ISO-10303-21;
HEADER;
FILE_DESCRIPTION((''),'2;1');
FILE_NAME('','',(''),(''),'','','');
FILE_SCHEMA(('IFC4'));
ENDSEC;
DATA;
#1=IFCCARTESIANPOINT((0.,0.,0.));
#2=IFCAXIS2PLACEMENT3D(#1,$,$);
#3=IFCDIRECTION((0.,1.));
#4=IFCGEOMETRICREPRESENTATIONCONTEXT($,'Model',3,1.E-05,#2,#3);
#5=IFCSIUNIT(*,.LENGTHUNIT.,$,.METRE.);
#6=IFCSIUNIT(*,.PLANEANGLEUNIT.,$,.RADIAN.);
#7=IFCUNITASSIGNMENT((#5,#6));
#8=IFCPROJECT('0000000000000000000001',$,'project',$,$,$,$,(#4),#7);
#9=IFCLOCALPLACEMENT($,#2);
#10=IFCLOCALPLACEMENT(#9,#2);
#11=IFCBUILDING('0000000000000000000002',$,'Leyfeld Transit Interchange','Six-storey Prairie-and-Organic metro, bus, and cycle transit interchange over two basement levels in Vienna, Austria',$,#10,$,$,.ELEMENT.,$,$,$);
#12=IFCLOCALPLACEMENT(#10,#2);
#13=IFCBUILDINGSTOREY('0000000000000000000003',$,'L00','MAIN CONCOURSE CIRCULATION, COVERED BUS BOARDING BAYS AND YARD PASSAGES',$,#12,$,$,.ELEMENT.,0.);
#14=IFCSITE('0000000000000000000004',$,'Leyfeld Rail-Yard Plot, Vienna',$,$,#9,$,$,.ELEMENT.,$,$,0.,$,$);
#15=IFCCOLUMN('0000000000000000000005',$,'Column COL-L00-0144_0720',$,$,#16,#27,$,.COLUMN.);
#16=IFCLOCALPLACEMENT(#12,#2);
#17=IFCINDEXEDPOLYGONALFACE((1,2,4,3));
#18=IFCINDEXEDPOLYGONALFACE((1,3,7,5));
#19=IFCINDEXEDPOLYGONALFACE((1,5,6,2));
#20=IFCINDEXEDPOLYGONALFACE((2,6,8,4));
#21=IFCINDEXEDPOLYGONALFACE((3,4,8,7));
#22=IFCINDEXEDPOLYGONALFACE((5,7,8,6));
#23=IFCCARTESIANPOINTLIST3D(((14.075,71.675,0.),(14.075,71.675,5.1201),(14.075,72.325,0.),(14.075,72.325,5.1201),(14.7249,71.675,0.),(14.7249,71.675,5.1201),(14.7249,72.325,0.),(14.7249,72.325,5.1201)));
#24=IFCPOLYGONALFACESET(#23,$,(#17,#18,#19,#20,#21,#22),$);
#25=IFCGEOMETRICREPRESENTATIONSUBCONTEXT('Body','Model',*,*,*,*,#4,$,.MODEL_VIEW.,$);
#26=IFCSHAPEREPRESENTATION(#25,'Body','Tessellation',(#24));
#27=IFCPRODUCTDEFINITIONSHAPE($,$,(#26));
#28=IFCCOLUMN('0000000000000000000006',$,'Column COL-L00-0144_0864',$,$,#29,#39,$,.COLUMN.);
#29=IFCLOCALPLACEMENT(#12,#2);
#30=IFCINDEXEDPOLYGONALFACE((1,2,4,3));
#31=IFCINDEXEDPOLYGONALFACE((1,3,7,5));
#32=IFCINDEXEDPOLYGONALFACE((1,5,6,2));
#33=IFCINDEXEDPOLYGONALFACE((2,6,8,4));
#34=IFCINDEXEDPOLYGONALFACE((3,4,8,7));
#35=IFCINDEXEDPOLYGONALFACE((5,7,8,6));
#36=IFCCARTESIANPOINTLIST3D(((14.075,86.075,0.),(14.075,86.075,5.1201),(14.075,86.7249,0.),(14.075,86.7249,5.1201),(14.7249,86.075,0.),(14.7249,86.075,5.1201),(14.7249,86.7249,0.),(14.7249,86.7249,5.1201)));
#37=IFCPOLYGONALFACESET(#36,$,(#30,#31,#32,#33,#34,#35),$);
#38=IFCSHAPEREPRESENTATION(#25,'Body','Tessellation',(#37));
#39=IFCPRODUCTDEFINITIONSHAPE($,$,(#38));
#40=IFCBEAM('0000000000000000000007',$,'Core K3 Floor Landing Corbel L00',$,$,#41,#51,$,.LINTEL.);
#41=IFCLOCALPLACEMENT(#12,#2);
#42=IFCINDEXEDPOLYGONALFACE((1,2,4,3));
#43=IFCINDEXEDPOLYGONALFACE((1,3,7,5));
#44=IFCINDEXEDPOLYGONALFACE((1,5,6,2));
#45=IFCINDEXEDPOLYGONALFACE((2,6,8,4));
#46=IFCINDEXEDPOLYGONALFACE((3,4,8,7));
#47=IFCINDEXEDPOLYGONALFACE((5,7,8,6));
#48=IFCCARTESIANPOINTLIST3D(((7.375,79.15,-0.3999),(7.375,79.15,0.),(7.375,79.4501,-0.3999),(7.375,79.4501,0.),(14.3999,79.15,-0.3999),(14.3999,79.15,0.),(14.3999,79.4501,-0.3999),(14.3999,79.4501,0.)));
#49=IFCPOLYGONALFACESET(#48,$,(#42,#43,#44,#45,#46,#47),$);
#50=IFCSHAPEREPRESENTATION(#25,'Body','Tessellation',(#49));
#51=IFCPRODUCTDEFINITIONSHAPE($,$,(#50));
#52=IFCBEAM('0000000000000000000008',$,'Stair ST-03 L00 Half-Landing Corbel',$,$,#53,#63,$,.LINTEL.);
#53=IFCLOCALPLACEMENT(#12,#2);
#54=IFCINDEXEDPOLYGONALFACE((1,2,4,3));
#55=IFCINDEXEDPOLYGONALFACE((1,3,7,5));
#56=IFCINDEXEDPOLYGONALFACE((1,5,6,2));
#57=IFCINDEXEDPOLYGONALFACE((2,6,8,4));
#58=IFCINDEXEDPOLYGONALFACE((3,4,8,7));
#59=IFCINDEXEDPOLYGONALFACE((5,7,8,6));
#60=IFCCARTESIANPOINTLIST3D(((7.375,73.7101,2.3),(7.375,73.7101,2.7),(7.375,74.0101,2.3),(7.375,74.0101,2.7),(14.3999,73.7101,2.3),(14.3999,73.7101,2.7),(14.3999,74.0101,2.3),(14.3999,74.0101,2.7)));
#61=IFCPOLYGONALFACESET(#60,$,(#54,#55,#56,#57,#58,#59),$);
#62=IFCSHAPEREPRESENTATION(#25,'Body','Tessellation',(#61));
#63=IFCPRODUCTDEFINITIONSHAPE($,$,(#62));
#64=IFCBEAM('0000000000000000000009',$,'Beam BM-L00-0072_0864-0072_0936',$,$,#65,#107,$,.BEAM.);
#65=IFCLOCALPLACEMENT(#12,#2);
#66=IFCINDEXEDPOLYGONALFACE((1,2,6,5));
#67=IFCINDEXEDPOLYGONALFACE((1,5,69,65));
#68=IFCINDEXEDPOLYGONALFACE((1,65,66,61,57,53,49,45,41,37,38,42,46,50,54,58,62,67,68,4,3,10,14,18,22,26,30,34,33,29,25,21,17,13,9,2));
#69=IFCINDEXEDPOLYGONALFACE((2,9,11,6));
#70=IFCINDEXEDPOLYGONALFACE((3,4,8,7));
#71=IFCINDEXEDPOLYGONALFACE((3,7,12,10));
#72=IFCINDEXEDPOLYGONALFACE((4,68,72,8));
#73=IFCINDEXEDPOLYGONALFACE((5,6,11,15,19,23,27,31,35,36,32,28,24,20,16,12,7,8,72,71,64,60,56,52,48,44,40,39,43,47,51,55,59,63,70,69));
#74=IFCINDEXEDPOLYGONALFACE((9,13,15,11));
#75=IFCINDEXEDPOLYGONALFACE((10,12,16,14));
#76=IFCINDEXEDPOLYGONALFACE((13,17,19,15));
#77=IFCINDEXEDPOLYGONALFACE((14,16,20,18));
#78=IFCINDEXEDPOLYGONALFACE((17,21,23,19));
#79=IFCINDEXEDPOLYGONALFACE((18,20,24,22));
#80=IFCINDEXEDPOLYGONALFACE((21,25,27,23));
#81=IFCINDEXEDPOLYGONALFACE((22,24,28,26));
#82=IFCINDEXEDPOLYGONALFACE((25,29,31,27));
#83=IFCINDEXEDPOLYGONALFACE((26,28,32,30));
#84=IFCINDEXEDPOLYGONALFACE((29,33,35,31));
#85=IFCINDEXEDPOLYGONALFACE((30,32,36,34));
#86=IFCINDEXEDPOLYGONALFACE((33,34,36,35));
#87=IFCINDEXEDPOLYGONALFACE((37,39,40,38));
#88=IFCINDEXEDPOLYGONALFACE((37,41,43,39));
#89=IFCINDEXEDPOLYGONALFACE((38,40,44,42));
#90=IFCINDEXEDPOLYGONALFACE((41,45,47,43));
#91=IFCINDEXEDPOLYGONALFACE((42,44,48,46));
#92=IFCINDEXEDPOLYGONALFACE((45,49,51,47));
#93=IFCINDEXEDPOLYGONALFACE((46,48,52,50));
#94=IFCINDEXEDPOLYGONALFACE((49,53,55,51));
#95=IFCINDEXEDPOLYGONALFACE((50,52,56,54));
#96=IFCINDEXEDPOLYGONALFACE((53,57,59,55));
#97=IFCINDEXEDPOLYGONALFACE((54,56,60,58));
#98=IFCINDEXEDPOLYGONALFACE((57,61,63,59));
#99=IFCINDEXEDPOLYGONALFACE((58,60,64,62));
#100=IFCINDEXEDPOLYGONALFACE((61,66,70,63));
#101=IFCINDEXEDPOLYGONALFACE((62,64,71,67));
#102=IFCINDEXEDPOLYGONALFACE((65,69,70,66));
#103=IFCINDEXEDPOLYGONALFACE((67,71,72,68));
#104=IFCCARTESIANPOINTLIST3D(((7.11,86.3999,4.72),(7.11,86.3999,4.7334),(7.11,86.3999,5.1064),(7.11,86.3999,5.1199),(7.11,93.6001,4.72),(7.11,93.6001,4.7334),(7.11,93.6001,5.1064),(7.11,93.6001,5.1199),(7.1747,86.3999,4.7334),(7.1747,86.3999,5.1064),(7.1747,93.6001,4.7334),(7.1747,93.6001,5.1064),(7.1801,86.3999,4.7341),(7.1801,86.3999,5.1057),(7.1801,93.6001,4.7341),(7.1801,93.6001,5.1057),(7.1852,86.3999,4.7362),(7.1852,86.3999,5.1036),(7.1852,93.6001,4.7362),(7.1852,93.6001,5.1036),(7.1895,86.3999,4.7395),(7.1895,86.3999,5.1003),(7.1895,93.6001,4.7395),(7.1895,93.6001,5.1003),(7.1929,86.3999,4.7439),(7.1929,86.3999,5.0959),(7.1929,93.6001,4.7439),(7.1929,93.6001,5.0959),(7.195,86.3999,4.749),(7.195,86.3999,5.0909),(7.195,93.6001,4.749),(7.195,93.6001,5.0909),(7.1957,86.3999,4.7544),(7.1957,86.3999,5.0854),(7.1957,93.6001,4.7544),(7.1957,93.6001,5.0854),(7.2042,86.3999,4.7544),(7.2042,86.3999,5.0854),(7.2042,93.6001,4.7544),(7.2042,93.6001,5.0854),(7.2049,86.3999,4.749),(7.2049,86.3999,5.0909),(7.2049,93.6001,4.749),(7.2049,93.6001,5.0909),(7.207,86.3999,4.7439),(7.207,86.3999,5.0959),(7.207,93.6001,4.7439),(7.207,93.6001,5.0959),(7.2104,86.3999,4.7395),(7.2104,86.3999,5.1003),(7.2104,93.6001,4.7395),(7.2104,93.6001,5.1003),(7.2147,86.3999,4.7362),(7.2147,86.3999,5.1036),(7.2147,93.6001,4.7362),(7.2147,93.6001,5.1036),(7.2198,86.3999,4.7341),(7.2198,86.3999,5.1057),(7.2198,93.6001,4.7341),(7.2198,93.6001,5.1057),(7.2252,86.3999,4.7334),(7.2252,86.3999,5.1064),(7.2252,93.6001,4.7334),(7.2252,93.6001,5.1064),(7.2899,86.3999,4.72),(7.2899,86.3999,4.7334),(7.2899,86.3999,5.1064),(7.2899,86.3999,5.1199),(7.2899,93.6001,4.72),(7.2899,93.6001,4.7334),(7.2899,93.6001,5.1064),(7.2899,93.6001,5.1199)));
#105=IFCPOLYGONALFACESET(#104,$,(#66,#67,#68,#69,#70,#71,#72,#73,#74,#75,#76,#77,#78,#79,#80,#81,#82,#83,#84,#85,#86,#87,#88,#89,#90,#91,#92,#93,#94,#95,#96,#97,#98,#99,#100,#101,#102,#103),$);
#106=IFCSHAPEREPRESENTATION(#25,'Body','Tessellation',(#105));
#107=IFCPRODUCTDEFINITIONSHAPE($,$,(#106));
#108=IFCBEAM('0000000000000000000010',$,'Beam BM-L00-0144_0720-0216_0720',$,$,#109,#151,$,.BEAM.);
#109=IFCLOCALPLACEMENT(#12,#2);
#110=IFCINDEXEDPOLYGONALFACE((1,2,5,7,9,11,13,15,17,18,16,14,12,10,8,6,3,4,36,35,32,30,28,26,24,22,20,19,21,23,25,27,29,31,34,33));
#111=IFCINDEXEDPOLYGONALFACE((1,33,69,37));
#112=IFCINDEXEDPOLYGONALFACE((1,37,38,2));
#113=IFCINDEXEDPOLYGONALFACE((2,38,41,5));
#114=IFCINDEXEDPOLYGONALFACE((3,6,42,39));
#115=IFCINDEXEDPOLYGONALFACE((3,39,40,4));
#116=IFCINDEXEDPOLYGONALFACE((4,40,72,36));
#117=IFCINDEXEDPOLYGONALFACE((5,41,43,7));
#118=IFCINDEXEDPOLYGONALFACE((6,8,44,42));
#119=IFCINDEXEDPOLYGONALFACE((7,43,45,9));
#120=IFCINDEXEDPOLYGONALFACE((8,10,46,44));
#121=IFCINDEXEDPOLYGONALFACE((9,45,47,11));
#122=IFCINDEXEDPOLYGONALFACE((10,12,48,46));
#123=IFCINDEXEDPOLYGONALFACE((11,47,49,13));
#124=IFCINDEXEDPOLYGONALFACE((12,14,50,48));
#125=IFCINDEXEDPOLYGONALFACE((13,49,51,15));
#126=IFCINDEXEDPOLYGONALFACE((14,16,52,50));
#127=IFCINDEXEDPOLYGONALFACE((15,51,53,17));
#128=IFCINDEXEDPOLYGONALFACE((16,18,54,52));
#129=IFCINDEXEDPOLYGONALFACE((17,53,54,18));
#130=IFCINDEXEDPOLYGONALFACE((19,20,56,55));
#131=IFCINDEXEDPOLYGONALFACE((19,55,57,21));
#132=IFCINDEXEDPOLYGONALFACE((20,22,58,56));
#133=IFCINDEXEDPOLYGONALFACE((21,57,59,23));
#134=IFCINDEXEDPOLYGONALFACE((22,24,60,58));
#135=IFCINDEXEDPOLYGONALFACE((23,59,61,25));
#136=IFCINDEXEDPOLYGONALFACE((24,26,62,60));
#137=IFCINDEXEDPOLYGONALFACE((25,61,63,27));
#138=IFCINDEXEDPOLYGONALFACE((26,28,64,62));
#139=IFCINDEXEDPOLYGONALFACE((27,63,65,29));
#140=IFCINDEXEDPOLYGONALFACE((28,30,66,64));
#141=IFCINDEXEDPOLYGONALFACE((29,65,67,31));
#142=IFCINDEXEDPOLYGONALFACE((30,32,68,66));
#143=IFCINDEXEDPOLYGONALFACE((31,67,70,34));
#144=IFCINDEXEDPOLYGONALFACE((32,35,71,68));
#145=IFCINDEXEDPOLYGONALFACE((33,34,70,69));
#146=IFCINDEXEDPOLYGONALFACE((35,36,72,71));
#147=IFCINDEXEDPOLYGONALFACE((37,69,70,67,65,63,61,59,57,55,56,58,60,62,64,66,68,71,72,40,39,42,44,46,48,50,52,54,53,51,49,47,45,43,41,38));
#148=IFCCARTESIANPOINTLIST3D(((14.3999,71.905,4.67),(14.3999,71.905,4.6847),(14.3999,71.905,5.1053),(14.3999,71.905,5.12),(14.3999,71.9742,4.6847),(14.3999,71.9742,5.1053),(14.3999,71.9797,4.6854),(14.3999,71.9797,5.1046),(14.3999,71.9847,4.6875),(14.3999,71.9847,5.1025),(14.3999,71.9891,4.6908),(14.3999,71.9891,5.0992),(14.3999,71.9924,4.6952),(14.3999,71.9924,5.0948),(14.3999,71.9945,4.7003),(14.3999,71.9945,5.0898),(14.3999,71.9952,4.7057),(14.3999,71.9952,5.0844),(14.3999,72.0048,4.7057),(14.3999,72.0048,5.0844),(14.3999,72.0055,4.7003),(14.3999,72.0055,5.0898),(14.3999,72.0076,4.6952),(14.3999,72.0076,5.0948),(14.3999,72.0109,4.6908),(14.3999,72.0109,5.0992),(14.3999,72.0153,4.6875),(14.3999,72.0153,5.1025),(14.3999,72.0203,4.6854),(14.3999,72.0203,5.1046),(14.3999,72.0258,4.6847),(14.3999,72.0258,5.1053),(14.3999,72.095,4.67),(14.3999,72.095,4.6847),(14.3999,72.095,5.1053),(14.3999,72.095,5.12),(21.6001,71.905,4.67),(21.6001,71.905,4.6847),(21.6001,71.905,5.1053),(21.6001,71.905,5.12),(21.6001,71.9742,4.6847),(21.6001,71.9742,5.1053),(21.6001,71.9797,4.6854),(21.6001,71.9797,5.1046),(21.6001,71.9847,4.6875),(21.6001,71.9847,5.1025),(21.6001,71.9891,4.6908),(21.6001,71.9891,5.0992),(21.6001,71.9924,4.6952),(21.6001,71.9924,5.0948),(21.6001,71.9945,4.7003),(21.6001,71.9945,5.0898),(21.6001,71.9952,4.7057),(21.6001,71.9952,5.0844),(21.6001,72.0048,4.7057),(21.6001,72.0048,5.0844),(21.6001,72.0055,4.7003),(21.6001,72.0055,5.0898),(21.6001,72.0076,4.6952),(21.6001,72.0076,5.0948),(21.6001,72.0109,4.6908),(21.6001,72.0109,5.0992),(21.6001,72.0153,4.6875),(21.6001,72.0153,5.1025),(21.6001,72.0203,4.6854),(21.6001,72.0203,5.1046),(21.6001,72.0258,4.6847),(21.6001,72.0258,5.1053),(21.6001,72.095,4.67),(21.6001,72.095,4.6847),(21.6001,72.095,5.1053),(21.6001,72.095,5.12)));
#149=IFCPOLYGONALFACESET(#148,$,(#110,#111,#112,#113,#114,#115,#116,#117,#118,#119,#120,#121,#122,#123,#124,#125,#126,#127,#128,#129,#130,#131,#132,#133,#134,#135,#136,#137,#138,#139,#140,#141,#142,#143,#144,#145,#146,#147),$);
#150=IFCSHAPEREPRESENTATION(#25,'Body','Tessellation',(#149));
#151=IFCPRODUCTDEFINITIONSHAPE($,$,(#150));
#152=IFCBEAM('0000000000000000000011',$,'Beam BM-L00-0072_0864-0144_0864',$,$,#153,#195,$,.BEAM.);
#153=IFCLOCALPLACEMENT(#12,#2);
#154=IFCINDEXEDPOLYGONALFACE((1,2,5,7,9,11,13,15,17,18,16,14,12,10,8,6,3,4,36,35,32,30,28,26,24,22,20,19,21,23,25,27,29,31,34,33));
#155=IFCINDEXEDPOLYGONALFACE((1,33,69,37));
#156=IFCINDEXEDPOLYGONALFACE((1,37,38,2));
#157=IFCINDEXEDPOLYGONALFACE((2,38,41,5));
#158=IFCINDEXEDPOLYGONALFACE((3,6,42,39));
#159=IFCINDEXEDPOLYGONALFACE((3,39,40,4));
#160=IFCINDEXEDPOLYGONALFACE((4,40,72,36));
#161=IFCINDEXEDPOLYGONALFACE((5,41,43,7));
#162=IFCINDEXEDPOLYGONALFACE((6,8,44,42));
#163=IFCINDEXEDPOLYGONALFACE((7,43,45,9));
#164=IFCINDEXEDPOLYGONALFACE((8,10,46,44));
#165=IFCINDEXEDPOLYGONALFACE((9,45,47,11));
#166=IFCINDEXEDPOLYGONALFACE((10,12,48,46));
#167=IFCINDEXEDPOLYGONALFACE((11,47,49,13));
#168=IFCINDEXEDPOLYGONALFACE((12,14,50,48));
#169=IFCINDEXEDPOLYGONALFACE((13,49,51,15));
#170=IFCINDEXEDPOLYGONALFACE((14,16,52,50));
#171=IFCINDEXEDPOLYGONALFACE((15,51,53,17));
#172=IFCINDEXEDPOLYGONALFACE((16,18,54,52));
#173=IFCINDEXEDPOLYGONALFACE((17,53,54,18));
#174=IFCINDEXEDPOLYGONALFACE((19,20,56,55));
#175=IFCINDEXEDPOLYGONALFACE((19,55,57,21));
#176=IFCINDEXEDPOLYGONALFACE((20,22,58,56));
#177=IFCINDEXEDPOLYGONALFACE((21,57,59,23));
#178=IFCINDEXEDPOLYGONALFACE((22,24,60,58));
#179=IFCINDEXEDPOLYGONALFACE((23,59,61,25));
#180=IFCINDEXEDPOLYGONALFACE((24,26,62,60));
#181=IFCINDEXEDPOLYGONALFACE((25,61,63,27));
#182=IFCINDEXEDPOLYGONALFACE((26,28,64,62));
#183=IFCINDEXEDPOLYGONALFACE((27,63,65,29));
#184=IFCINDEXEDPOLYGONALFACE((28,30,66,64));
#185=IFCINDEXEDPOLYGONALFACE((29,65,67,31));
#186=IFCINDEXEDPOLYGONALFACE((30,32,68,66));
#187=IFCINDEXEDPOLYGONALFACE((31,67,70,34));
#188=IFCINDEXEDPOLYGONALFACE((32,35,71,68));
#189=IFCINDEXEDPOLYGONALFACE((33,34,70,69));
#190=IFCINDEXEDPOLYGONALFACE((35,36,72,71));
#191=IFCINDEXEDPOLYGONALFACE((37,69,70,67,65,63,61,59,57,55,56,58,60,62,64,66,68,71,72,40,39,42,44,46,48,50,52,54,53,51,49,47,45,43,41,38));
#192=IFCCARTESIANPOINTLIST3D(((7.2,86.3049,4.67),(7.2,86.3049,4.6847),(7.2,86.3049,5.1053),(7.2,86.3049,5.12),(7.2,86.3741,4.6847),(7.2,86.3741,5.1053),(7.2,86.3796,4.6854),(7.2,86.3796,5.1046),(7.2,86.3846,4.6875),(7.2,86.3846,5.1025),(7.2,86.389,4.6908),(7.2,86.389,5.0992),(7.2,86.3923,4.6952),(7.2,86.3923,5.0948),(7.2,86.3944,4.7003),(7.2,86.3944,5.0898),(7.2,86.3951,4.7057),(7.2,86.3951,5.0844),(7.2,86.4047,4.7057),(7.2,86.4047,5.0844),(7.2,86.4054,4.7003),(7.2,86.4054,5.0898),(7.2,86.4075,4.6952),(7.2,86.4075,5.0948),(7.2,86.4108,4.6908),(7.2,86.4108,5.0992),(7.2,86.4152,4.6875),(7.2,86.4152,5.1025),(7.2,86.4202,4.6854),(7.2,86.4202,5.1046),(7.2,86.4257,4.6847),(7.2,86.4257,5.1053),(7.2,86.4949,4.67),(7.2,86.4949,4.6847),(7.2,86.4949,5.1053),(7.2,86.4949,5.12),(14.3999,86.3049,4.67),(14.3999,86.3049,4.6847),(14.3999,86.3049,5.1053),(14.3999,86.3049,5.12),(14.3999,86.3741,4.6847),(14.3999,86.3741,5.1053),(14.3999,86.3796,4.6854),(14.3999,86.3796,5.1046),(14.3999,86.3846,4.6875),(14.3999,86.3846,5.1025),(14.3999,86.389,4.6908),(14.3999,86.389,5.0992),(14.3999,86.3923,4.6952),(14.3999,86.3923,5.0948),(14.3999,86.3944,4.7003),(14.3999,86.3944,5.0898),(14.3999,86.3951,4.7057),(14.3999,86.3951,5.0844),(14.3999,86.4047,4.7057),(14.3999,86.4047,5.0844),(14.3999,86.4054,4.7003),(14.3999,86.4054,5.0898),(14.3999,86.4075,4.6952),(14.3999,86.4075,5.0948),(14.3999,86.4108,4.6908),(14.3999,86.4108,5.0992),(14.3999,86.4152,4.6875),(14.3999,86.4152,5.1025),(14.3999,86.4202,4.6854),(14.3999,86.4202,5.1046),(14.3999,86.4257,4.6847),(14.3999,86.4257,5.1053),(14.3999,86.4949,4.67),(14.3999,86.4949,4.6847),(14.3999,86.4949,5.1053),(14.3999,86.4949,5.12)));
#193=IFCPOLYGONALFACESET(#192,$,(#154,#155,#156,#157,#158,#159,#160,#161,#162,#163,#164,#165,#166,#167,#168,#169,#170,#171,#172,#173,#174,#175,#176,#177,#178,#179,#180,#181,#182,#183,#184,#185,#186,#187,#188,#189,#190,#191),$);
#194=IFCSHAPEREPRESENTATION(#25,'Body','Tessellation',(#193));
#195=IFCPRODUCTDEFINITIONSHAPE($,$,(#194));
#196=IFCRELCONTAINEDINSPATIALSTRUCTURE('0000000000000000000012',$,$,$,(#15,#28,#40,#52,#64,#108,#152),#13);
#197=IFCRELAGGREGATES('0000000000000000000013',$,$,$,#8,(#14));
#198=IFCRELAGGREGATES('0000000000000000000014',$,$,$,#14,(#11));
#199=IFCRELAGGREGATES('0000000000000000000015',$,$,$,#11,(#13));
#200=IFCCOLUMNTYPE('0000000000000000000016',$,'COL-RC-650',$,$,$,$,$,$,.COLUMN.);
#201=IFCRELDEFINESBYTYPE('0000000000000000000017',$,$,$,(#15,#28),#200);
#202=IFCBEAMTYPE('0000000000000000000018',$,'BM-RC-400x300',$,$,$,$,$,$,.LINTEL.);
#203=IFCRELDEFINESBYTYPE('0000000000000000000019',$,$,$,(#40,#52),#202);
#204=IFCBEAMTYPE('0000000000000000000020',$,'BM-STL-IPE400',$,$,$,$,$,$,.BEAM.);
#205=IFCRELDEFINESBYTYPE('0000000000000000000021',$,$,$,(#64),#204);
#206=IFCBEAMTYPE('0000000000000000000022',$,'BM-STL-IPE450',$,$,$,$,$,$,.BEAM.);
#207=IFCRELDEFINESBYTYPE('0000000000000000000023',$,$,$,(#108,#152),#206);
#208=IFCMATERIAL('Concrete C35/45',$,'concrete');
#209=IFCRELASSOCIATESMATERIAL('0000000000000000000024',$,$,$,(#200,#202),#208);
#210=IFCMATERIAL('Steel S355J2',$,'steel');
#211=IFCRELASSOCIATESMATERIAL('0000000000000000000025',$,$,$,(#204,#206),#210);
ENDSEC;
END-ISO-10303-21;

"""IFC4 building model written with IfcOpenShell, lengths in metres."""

from ifc_helpers import new_model, si_unit, direction, frame, origin, origin_2d, place, context, subcontext, project, spatial, rectangle, i_section, extrude, material, material_profile, profile_set, type_object, element, save


model = new_model("IFC4")

# Units and contexts
model_context = context("Model", 3, precision=1e-05, world=origin(), true_north=direction((0.0, 1.0)))
body_context = subcontext(model_context, "Body", "Model", "MODEL_VIEW")
ifc_project = project(units=[si_unit("LENGTHUNIT", "METRE"), si_unit("PLANEANGLEUNIT", "RADIAN")], contexts=[model_context])

# Site, building, storey
site_placement = place(None, origin())
site = spatial("IfcSite", under=ifc_project, at=site_placement, Name="Leyfeld Rail-Yard Plot, Vienna", CompositionType="ELEMENT", RefElevation=0.0)
building_placement = place(site_placement, origin())
building = spatial("IfcBuilding", under=site, at=building_placement, Name="Leyfeld Transit Interchange", Description="Six-storey Prairie-and-Organic metro, bus, and cycle transit interchange over two basement levels in Vienna, Austria", CompositionType="ELEMENT")
storey_placement = place(building_placement, origin())
storey = spatial("IfcBuildingStorey", under=building, at=storey_placement, Name="L00", Description="MAIN CONCOURSE CIRCULATION, COVERED BUS BOARDING BAYS AND YARD PASSAGES", CompositionType="ELEMENT", Elevation=0.0)

# Columns
ifc_material_1 = material(Name="Concrete C35/45", Category="concrete")
ifc_material_profile_1 = material_profile(ifc_material_1, rectangle(XDim=0.6499, YDim=0.6499, at=origin_2d()), Name="RC 650x650")
ifc_profile_set_1 = profile_set([ifc_material_profile_1], Name="Concrete C35/45")
column_type = type_object("IfcColumnType", Name="COL-RC-650", PredefinedType="COLUMN", material=ifc_profile_set_1)
for number, where, z_axis, x_axis, name in (
    (1, (14.3999, 72.0, 0.0), (0.0, 0.0, 1.0), (1.0, 0.0, 0.0), "Column COL-L00-0144_0720"),
    (2, (14.3999, 86.3999, 0.0), (0.0, 0.0, 1.0), (1.0, 0.0, 0.0), "Column COL-L00-0144_0864"),
):
    element("IfcColumn", number, at=place(storey_placement, frame(where, z_axis=z_axis, x_axis=x_axis)), inside=storey, type_object=column_type, Name=name, PredefinedType="COLUMN", context=body_context, shape_type="SweptSolid", body=[
        extrude(rectangle(XDim=0.6499, YDim=0.6499, at=origin_2d()), origin(), (0.0, 0.0, 1.0), 5.1201),
    ])

# Beams
ifc_material_profile_2 = material_profile(ifc_material_1, rectangle(XDim=0.3, YDim=0.3999, at=origin_2d()), Name="RC 400x300")
ifc_profile_set_2 = profile_set([ifc_material_profile_2], Name="Concrete C35/45")
beam_type_1 = type_object("IfcBeamType", Name="BM-RC-400x300", PredefinedType="LINTEL", material=ifc_profile_set_2)
for number, where, z_axis, x_axis, name in (
    (3, (7.375, 79.3, -0.2), (1.0, 0.0, 0.0), (0.0, 1.0, 0.0), "Core K3 Floor Landing Corbel L00"),
    (4, (7.375, 73.8601, 2.5), (1.0, 0.0, 0.0), (0.0, 1.0, 0.0), "Stair ST-03 L00 Half-Landing Corbel"),
):
    element("IfcBeam", number, at=place(storey_placement, frame(where, z_axis=z_axis, x_axis=x_axis)), inside=storey, type_object=beam_type_1, Name=name, PredefinedType="LINTEL", context=body_context, shape_type="SweptSolid", body=[
        extrude(rectangle(XDim=0.3, YDim=0.3999, at=origin_2d()), origin(), (0.0, 0.0, 1.0), 7.0249),
    ])
ifc_material_2 = material(Name="Steel S355J2", Category="steel")
ifc_material_profile_3 = material_profile(ifc_material_2, i_section(OverallWidth=0.1799, OverallDepth=0.3999, WebThickness=0.0085, FlangeThickness=0.0134, FilletRadius=0.021, at=origin_2d()), Name="IPE 400")
ifc_profile_set_3 = profile_set([ifc_material_profile_3], Name="Steel S355J2")
beam_type_2 = type_object("IfcBeamType", Name="BM-STL-IPE400", PredefinedType="BEAM", material=ifc_profile_set_3)
beam_1_placement = place(storey_placement, frame((7.2, 86.3999, 4.9199), z_axis=(0.0, 1.0, 0.0), x_axis=(-1.0, 0.0, 0.0)))
element("IfcBeam", 5, at=beam_1_placement, inside=storey, type_object=beam_type_2, Name="Beam BM-L00-0072_0864-0072_0936", PredefinedType="BEAM", context=body_context, shape_type="SweptSolid", body=[
    extrude(i_section(OverallWidth=0.1799, OverallDepth=0.3999, WebThickness=0.0085, FlangeThickness=0.0134, FilletRadius=0.021, at=origin_2d()), origin(), (0.0, 0.0, 1.0), 7.2002),
])
ifc_material_profile_4 = material_profile(ifc_material_2, i_section(OverallWidth=0.1899, OverallDepth=0.45, WebThickness=0.0095, FlangeThickness=0.0146, FilletRadius=0.021, at=origin_2d()), Name="IPE 450")
ifc_profile_set_4 = profile_set([ifc_material_profile_4], Name="Steel S355J2")
beam_type_3 = type_object("IfcBeamType", Name="BM-STL-IPE450", PredefinedType="BEAM", material=ifc_profile_set_4)
beam_2_placement = place(storey_placement, frame((14.3999, 72.0, 4.895), z_axis=(1.0, 0.0, 0.0), x_axis=(0.0, 1.0, 0.0)))
element("IfcBeam", 6, at=beam_2_placement, inside=storey, type_object=beam_type_3, Name="Beam BM-L00-0144_0720-0216_0720", PredefinedType="BEAM", context=body_context, shape_type="SweptSolid", body=[
    extrude(i_section(OverallWidth=0.1899, OverallDepth=0.45, WebThickness=0.0095, FlangeThickness=0.0146, FilletRadius=0.021, at=origin_2d()), origin(), (0.0, 0.0, 1.0), 7.2002),
])
beam_3_placement = place(storey_placement, frame((7.2, 86.3999, 4.895), z_axis=(1.0, 0.0, 0.0), x_axis=(0.0, 1.0, 0.0)))
element("IfcBeam", 7, at=beam_3_placement, inside=storey, type_object=beam_type_3, Name="Beam BM-L00-0072_0864-0144_0864", PredefinedType="BEAM", context=body_context, shape_type="SweptSolid", body=[
    extrude(i_section(OverallWidth=0.1899, OverallDepth=0.45, WebThickness=0.0095, FlangeThickness=0.0146, FilletRadius=0.021, at=origin_2d()), origin(), (0.0, 0.0, 1.0), 7.2),
])

save(model, "model.ifc")
